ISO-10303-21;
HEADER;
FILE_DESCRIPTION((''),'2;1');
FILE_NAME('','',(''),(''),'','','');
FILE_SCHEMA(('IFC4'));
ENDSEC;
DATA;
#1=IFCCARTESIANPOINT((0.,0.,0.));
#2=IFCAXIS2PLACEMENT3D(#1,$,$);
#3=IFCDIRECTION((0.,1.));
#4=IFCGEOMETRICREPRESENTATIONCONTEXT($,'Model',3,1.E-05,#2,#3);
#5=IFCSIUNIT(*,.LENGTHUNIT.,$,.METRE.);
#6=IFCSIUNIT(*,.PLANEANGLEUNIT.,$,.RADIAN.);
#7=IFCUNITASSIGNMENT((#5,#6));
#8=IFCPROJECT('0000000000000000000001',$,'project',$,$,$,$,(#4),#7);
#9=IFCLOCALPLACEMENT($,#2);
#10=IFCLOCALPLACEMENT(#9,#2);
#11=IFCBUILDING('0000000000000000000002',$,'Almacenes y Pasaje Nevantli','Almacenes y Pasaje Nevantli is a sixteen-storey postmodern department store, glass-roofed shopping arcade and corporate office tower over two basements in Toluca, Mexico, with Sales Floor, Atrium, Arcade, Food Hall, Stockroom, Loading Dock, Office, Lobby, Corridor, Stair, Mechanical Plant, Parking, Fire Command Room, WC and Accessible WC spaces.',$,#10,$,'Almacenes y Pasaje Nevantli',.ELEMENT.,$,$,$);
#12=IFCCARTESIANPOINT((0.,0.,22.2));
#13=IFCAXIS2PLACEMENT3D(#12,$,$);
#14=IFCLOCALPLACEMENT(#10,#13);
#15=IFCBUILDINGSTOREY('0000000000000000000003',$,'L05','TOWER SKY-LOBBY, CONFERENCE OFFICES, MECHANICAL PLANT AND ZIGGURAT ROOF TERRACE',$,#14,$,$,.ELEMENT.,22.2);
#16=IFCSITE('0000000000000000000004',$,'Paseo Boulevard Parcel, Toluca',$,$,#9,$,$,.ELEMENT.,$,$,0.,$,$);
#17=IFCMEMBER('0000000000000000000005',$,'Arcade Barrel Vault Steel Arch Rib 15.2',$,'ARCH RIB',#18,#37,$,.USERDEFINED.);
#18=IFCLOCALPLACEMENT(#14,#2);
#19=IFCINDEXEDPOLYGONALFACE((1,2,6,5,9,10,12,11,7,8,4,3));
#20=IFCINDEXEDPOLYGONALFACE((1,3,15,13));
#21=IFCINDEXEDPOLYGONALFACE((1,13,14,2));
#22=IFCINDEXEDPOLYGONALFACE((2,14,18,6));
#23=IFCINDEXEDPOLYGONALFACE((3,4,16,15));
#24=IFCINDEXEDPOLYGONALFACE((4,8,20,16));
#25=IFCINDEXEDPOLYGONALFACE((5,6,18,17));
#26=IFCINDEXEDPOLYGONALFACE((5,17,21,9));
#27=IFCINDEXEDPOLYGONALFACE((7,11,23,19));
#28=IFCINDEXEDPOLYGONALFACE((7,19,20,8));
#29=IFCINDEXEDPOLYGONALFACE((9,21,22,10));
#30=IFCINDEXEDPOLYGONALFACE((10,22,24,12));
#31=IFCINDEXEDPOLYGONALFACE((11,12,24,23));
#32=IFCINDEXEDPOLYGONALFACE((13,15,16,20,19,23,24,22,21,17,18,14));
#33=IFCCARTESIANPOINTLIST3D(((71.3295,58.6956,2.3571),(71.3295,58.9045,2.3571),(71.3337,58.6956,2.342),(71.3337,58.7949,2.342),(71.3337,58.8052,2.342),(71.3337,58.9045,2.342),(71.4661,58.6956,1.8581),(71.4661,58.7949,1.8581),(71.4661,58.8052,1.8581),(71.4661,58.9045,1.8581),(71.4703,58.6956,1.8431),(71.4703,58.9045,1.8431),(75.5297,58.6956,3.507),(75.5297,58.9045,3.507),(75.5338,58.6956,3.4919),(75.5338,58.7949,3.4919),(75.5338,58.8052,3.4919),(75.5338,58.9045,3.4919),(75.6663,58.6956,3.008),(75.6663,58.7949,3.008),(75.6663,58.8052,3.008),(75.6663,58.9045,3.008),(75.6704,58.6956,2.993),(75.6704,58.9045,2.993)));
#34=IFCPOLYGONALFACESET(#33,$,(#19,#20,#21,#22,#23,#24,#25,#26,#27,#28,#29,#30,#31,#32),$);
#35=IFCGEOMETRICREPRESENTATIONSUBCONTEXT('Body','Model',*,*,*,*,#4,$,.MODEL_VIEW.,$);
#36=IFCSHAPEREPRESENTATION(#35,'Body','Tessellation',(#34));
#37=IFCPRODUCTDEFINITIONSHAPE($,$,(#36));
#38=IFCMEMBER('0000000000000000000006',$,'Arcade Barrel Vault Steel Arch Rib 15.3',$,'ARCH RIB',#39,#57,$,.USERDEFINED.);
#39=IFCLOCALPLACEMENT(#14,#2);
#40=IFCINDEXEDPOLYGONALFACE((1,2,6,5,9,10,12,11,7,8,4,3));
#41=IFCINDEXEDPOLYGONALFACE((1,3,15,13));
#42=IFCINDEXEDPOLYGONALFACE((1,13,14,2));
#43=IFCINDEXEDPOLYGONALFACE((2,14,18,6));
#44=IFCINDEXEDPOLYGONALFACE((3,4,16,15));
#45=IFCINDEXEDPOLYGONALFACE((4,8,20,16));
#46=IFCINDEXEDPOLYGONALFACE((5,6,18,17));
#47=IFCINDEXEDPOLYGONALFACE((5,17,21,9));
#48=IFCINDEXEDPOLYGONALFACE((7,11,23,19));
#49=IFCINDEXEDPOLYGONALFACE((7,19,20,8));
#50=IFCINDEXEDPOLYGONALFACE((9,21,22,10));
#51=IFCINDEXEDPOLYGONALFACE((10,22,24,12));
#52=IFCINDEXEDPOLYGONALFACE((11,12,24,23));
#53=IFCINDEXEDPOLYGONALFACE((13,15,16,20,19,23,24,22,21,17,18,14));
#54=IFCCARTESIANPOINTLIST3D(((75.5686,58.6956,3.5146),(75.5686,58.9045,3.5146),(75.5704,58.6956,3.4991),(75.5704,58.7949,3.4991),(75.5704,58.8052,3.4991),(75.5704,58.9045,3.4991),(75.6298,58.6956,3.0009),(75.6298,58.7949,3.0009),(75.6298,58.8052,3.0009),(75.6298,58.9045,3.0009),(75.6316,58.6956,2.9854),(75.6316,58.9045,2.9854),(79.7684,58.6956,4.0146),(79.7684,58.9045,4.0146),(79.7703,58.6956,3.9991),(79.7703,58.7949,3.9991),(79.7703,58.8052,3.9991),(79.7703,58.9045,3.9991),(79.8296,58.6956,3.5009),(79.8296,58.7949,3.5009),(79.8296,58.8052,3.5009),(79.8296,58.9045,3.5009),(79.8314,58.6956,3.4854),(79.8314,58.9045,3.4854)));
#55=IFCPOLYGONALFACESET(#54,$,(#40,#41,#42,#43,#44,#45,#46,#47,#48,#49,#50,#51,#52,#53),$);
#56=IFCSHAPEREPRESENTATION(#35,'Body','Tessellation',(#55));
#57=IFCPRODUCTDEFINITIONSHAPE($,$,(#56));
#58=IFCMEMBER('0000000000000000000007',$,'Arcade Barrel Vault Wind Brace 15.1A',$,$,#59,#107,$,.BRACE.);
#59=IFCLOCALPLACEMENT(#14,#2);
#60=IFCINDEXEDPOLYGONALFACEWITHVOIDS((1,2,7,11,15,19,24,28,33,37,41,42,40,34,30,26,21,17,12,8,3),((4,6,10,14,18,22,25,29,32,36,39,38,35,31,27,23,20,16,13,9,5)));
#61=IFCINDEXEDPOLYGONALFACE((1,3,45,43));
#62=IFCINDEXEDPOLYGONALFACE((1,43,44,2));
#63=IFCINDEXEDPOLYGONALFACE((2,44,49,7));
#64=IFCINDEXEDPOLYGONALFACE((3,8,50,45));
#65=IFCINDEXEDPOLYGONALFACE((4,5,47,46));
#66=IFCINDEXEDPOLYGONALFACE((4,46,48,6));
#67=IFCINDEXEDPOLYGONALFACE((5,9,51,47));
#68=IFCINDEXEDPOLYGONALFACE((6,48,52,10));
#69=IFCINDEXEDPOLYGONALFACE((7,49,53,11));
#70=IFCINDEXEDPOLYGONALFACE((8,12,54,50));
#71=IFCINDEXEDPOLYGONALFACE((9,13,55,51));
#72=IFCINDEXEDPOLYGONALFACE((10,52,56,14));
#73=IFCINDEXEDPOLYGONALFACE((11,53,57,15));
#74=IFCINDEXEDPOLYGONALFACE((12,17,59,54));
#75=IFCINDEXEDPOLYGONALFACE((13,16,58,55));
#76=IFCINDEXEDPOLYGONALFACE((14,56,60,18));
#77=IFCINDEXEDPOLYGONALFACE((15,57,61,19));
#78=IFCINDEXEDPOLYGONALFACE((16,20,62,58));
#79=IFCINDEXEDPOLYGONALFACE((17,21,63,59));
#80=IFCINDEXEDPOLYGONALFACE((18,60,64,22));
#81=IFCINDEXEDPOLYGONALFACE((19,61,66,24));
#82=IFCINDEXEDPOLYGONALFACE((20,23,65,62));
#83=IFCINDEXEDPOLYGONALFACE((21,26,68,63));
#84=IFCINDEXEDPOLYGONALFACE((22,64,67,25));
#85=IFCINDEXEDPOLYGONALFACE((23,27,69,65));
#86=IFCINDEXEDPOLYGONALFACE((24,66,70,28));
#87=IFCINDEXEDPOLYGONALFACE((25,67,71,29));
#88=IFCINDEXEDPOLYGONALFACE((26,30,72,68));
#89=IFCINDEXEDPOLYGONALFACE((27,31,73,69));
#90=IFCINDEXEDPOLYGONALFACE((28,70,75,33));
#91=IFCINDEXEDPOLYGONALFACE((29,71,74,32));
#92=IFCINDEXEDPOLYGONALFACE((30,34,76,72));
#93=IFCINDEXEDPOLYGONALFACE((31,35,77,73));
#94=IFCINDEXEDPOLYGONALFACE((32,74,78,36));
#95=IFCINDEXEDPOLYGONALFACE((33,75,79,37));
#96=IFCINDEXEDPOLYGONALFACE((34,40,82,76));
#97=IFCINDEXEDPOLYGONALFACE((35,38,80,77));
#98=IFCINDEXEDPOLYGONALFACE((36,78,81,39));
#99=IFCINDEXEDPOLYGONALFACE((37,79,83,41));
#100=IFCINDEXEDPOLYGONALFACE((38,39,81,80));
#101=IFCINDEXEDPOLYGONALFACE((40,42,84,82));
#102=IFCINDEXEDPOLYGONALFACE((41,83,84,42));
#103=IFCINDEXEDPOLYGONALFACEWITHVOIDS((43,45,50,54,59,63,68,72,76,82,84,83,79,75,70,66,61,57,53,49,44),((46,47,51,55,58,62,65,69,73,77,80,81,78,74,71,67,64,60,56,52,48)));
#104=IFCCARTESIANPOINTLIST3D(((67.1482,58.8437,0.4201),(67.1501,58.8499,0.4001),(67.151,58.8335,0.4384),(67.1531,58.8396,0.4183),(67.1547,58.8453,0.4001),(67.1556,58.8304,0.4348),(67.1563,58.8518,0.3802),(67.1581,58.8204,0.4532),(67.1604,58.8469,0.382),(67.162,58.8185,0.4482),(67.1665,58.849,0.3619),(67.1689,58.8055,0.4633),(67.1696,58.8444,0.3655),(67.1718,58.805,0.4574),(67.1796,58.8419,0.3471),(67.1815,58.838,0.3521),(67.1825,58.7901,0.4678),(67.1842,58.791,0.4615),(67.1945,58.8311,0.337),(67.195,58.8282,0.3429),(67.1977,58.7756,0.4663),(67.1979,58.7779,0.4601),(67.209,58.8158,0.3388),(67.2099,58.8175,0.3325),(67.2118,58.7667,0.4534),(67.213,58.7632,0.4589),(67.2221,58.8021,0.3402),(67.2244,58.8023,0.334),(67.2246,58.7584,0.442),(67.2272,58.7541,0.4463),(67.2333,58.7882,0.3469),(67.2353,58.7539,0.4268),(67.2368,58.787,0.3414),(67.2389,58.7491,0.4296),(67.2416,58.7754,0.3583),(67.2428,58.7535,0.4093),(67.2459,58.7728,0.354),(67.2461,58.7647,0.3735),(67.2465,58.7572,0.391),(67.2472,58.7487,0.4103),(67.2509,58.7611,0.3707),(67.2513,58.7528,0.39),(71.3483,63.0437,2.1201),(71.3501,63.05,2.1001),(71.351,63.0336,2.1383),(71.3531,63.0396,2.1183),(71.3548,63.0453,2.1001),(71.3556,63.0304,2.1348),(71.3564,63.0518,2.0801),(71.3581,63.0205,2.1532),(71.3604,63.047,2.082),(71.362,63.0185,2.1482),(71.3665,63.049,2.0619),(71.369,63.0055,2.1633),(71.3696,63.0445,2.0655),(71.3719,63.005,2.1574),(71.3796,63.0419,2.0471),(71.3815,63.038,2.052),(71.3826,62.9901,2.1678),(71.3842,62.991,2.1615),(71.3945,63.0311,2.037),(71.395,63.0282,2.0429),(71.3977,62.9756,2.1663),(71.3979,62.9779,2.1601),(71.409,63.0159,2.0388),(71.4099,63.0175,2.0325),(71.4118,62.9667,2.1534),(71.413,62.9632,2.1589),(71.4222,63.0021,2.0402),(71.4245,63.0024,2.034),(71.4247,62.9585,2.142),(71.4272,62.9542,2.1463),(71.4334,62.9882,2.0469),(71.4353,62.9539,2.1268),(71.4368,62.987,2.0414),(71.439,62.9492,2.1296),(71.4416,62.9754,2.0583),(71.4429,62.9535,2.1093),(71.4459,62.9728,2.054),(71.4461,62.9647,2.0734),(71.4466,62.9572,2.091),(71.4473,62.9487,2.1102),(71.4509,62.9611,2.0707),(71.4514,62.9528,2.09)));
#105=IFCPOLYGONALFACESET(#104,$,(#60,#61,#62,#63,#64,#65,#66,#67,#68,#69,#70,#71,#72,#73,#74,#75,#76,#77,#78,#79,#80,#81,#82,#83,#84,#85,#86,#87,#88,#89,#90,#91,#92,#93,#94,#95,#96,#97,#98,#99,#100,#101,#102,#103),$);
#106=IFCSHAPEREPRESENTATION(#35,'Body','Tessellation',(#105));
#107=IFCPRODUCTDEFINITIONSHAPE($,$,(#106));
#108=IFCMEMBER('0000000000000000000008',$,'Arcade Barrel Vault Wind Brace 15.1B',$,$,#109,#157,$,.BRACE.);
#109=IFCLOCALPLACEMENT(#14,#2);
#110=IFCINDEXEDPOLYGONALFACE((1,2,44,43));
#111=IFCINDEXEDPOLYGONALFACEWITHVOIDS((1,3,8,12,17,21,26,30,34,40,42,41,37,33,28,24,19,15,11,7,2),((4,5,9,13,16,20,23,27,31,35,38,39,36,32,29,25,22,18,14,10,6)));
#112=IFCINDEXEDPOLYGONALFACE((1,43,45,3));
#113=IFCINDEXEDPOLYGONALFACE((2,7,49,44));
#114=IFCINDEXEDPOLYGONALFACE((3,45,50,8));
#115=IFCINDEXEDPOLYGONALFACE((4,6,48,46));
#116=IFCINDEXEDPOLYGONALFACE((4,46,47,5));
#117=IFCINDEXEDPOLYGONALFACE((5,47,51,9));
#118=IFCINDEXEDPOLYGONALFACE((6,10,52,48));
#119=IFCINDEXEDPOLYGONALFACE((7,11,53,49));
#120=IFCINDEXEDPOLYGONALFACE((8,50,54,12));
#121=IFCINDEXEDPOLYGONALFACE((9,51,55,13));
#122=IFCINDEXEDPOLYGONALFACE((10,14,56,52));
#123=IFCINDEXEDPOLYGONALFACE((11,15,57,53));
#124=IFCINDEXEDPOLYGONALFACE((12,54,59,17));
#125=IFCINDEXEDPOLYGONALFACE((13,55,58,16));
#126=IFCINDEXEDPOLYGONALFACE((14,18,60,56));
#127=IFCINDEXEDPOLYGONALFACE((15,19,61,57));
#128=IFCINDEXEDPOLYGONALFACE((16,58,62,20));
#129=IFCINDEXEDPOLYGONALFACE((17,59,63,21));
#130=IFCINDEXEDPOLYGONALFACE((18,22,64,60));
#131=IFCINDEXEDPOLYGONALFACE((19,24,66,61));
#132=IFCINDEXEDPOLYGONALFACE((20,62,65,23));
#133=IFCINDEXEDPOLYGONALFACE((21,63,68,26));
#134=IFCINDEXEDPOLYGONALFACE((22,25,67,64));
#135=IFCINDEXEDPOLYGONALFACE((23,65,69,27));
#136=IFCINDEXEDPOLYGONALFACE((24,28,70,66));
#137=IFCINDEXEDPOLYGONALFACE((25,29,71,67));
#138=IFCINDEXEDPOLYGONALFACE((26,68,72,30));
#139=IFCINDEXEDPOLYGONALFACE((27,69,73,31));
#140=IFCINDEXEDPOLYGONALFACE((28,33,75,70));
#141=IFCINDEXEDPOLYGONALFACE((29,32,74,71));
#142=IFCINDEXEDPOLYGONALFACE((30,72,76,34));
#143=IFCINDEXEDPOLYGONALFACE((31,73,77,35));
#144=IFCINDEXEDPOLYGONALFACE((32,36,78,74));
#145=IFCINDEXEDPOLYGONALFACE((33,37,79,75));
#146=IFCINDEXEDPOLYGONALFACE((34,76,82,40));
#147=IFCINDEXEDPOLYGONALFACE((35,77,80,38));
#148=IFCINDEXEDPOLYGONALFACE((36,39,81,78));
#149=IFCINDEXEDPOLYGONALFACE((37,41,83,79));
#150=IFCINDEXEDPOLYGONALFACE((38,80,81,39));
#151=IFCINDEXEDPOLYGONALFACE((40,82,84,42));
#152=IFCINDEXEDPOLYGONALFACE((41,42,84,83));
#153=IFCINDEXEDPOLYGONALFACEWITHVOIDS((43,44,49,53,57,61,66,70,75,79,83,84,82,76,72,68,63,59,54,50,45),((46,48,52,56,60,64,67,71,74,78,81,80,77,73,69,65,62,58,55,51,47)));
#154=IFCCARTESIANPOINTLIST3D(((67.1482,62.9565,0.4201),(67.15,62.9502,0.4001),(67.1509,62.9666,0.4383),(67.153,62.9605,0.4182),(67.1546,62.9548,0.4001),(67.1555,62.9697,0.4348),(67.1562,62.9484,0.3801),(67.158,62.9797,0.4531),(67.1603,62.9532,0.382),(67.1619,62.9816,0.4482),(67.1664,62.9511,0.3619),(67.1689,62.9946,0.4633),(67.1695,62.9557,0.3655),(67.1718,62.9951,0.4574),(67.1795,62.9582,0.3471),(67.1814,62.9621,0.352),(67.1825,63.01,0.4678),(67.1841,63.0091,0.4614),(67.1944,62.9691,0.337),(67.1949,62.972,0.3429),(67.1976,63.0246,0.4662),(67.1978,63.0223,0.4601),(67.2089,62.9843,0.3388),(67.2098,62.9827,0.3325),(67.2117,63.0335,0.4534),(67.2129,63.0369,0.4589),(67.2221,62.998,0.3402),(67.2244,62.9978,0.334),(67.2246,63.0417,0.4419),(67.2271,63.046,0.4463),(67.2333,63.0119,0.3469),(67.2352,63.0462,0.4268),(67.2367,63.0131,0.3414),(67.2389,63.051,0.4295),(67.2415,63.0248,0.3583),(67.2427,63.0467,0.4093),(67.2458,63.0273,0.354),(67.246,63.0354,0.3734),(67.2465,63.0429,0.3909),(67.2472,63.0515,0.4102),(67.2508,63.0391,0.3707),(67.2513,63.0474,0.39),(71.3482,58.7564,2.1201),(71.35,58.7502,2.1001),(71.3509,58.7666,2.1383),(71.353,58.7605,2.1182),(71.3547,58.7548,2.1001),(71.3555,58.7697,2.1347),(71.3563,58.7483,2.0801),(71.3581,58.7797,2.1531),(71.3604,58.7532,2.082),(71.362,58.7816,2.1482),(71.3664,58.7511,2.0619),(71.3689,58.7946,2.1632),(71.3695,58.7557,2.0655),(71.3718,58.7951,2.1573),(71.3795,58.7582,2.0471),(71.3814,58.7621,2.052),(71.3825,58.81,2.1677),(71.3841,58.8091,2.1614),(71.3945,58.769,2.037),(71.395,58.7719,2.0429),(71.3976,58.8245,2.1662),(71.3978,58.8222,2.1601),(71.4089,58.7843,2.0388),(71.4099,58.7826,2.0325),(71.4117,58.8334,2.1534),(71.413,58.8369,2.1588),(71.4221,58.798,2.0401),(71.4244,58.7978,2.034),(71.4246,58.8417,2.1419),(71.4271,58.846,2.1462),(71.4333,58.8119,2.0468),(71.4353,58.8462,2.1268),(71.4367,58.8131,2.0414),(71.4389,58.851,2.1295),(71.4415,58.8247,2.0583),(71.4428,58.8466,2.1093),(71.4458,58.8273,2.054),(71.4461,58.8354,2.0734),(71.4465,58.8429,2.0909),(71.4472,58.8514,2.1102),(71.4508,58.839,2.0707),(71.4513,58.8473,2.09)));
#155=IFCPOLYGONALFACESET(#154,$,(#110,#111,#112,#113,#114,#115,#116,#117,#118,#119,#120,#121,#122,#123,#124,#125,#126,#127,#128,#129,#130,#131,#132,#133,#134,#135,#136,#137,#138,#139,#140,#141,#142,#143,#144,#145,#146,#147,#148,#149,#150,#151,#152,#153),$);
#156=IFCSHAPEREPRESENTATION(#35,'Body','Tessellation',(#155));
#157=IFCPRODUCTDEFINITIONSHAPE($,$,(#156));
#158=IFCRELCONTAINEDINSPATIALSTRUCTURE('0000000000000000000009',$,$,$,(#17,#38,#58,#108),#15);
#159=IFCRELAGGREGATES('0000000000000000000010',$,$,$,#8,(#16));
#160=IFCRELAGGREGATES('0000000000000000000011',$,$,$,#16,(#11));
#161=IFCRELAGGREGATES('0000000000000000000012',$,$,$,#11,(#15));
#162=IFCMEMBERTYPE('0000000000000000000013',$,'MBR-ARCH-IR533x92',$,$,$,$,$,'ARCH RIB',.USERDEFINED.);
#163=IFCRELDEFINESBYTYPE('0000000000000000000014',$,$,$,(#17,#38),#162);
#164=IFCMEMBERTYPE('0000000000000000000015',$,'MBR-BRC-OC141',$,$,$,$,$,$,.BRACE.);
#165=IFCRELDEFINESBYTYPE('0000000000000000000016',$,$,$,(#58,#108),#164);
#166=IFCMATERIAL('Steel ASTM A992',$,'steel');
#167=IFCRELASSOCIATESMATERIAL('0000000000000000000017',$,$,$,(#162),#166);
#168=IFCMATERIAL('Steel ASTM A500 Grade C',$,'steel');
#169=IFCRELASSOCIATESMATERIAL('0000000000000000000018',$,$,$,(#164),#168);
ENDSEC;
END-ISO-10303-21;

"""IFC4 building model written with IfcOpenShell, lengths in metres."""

from ifc_helpers import new_model, si_unit, direction, frame, origin, origin_2d, place, context, subcontext, project, spatial, hollow_circle, i_section, extrude, material, material_profile, profile_set, type_object, element, save


model = new_model("IFC4")

# Units and contexts
model_context = context("Model", 3, precision=1e-05, world=origin(), true_north=direction((0.0, 1.0)))
body_context = subcontext(model_context, "Body", "Model", "MODEL_VIEW")
ifc_project = project(units=[si_unit("LENGTHUNIT", "METRE"), si_unit("PLANEANGLEUNIT", "RADIAN")], contexts=[model_context])

# Site, building, storey
site_placement = place(None, origin())
site = spatial("IfcSite", under=ifc_project, at=site_placement, Name="Paseo Boulevard Parcel, Toluca", CompositionType="ELEMENT", RefElevation=0.0)
building_placement = place(site_placement, origin())
building = spatial("IfcBuilding", under=site, at=building_placement, Name="Almacenes y Pasaje Nevantli", Description="Almacenes y Pasaje Nevantli is a sixteen-storey postmodern department store, glass-roofed shopping arcade and corporate office tower over two basements in Toluca, Mexico, with Sales Floor, Atrium, Arcade, Food Hall, Stockroom, Loading Dock, Office, Lobby, Corridor, Stair, Mechanical Plant, Parking, Fire Command Room, WC and Accessible WC spaces.", LongName="Almacenes y Pasaje Nevantli", CompositionType="ELEMENT")
storey_placement = place(building_placement, frame((0.0, 0.0, 22.2)))
storey = spatial("IfcBuildingStorey", under=building, at=storey_placement, Name="L05", Description="TOWER SKY-LOBBY, CONFERENCE OFFICES, MECHANICAL PLANT AND ZIGGURAT ROOF TERRACE", CompositionType="ELEMENT", Elevation=22.2)

# Members
ifc_material_1 = material(Name="Steel ASTM A992", Category="steel")
ifc_material_profile_1 = material_profile(ifc_material_1, i_section(OverallWidth=0.209, OverallDepth=0.533, WebThickness=0.0103, FlangeThickness=0.0156, at=origin_2d()), Name="IR 533x92.5")
ifc_profile_set_1 = profile_set([ifc_material_profile_1], Name="Steel ASTM A992")
member_type_1 = type_object("IfcMemberType", Name="MBR-ARCH-IR533x92", ElementType="ARCH RIB", PredefinedType="USERDEFINED", material=ifc_profile_set_1)
member_1_placement = place(storey_placement, frame((71.3999, 58.8, 2.1001), z_axis=(0.964507, 0.0, 0.264057), x_axis=(0.0, 1.0, 0.0)))
element("IfcMember", 1, at=member_1_placement, inside=storey, type_object=member_type_1, Name="Arcade Barrel Vault Steel Arch Rib 15.2", ObjectType="ARCH RIB", PredefinedType="USERDEFINED", context=body_context, shape_type="SweptSolid", body=[
    extrude(i_section(OverallWidth=0.209, OverallDepth=0.533, WebThickness=0.0103, FlangeThickness=0.0156, at=origin_2d()), origin(), (0.0, 0.0, 1.0), 4.3547),
])
member_2_placement = place(storey_placement, frame((75.6001, 58.8, 3.25), z_axis=(0.992988, 0.0, 0.118214), x_axis=(0.0, 1.0, 0.0)))
element("IfcMember", 2, at=member_2_placement, inside=storey, type_object=member_type_1, Name="Arcade Barrel Vault Steel Arch Rib 15.3", ObjectType="ARCH RIB", PredefinedType="USERDEFINED", context=body_context, shape_type="SweptSolid", body=[
    extrude(i_section(OverallWidth=0.209, OverallDepth=0.533, WebThickness=0.0103, FlangeThickness=0.0156, at=origin_2d()), origin(), (0.0, 0.0, 1.0), 4.2295),
])
ifc_material_2 = material(Name="Steel ASTM A500 Grade C", Category="steel")
ifc_material_profile_2 = material_profile(ifc_material_2, hollow_circle(Radius=0.0706, WallThickness=0.0066, at=origin_2d()), Name="OC 141x6.6")
ifc_profile_set_2 = profile_set([ifc_material_profile_2], Name="Steel ASTM A500 Grade C")
member_type_2 = type_object("IfcMemberType", Name="MBR-BRC-OC141", PredefinedType="BRACE", material=ifc_profile_set_2)
for number, where, z_axis, x_axis, name in (
    (3, (67.2, 58.8, 0.4001), (0.679812, 0.679812, 0.275157), (-0.707107, 0.707107, 0.0), "Arcade Barrel Vault Wind Brace 15.1A"),
    (4, (71.3999, 58.8, 2.1001), (-0.679812, 0.679812, -0.275157), (-0.707107, -0.707107, 0.0), "Arcade Barrel Vault Wind Brace 15.1B"),
):
    element("IfcMember", number, at=place(storey_placement, frame(where, z_axis=z_axis, x_axis=x_axis)), inside=storey, type_object=member_type_2, Name=name, PredefinedType="BRACE", context=body_context, shape_type="SweptSolid", body=[
        extrude(hollow_circle(Radius=0.0706, WallThickness=0.0066, at=origin_2d()), origin(), (0.0, 0.0, 1.0), 6.1782),
    ])

save(model, "model.ifc")
